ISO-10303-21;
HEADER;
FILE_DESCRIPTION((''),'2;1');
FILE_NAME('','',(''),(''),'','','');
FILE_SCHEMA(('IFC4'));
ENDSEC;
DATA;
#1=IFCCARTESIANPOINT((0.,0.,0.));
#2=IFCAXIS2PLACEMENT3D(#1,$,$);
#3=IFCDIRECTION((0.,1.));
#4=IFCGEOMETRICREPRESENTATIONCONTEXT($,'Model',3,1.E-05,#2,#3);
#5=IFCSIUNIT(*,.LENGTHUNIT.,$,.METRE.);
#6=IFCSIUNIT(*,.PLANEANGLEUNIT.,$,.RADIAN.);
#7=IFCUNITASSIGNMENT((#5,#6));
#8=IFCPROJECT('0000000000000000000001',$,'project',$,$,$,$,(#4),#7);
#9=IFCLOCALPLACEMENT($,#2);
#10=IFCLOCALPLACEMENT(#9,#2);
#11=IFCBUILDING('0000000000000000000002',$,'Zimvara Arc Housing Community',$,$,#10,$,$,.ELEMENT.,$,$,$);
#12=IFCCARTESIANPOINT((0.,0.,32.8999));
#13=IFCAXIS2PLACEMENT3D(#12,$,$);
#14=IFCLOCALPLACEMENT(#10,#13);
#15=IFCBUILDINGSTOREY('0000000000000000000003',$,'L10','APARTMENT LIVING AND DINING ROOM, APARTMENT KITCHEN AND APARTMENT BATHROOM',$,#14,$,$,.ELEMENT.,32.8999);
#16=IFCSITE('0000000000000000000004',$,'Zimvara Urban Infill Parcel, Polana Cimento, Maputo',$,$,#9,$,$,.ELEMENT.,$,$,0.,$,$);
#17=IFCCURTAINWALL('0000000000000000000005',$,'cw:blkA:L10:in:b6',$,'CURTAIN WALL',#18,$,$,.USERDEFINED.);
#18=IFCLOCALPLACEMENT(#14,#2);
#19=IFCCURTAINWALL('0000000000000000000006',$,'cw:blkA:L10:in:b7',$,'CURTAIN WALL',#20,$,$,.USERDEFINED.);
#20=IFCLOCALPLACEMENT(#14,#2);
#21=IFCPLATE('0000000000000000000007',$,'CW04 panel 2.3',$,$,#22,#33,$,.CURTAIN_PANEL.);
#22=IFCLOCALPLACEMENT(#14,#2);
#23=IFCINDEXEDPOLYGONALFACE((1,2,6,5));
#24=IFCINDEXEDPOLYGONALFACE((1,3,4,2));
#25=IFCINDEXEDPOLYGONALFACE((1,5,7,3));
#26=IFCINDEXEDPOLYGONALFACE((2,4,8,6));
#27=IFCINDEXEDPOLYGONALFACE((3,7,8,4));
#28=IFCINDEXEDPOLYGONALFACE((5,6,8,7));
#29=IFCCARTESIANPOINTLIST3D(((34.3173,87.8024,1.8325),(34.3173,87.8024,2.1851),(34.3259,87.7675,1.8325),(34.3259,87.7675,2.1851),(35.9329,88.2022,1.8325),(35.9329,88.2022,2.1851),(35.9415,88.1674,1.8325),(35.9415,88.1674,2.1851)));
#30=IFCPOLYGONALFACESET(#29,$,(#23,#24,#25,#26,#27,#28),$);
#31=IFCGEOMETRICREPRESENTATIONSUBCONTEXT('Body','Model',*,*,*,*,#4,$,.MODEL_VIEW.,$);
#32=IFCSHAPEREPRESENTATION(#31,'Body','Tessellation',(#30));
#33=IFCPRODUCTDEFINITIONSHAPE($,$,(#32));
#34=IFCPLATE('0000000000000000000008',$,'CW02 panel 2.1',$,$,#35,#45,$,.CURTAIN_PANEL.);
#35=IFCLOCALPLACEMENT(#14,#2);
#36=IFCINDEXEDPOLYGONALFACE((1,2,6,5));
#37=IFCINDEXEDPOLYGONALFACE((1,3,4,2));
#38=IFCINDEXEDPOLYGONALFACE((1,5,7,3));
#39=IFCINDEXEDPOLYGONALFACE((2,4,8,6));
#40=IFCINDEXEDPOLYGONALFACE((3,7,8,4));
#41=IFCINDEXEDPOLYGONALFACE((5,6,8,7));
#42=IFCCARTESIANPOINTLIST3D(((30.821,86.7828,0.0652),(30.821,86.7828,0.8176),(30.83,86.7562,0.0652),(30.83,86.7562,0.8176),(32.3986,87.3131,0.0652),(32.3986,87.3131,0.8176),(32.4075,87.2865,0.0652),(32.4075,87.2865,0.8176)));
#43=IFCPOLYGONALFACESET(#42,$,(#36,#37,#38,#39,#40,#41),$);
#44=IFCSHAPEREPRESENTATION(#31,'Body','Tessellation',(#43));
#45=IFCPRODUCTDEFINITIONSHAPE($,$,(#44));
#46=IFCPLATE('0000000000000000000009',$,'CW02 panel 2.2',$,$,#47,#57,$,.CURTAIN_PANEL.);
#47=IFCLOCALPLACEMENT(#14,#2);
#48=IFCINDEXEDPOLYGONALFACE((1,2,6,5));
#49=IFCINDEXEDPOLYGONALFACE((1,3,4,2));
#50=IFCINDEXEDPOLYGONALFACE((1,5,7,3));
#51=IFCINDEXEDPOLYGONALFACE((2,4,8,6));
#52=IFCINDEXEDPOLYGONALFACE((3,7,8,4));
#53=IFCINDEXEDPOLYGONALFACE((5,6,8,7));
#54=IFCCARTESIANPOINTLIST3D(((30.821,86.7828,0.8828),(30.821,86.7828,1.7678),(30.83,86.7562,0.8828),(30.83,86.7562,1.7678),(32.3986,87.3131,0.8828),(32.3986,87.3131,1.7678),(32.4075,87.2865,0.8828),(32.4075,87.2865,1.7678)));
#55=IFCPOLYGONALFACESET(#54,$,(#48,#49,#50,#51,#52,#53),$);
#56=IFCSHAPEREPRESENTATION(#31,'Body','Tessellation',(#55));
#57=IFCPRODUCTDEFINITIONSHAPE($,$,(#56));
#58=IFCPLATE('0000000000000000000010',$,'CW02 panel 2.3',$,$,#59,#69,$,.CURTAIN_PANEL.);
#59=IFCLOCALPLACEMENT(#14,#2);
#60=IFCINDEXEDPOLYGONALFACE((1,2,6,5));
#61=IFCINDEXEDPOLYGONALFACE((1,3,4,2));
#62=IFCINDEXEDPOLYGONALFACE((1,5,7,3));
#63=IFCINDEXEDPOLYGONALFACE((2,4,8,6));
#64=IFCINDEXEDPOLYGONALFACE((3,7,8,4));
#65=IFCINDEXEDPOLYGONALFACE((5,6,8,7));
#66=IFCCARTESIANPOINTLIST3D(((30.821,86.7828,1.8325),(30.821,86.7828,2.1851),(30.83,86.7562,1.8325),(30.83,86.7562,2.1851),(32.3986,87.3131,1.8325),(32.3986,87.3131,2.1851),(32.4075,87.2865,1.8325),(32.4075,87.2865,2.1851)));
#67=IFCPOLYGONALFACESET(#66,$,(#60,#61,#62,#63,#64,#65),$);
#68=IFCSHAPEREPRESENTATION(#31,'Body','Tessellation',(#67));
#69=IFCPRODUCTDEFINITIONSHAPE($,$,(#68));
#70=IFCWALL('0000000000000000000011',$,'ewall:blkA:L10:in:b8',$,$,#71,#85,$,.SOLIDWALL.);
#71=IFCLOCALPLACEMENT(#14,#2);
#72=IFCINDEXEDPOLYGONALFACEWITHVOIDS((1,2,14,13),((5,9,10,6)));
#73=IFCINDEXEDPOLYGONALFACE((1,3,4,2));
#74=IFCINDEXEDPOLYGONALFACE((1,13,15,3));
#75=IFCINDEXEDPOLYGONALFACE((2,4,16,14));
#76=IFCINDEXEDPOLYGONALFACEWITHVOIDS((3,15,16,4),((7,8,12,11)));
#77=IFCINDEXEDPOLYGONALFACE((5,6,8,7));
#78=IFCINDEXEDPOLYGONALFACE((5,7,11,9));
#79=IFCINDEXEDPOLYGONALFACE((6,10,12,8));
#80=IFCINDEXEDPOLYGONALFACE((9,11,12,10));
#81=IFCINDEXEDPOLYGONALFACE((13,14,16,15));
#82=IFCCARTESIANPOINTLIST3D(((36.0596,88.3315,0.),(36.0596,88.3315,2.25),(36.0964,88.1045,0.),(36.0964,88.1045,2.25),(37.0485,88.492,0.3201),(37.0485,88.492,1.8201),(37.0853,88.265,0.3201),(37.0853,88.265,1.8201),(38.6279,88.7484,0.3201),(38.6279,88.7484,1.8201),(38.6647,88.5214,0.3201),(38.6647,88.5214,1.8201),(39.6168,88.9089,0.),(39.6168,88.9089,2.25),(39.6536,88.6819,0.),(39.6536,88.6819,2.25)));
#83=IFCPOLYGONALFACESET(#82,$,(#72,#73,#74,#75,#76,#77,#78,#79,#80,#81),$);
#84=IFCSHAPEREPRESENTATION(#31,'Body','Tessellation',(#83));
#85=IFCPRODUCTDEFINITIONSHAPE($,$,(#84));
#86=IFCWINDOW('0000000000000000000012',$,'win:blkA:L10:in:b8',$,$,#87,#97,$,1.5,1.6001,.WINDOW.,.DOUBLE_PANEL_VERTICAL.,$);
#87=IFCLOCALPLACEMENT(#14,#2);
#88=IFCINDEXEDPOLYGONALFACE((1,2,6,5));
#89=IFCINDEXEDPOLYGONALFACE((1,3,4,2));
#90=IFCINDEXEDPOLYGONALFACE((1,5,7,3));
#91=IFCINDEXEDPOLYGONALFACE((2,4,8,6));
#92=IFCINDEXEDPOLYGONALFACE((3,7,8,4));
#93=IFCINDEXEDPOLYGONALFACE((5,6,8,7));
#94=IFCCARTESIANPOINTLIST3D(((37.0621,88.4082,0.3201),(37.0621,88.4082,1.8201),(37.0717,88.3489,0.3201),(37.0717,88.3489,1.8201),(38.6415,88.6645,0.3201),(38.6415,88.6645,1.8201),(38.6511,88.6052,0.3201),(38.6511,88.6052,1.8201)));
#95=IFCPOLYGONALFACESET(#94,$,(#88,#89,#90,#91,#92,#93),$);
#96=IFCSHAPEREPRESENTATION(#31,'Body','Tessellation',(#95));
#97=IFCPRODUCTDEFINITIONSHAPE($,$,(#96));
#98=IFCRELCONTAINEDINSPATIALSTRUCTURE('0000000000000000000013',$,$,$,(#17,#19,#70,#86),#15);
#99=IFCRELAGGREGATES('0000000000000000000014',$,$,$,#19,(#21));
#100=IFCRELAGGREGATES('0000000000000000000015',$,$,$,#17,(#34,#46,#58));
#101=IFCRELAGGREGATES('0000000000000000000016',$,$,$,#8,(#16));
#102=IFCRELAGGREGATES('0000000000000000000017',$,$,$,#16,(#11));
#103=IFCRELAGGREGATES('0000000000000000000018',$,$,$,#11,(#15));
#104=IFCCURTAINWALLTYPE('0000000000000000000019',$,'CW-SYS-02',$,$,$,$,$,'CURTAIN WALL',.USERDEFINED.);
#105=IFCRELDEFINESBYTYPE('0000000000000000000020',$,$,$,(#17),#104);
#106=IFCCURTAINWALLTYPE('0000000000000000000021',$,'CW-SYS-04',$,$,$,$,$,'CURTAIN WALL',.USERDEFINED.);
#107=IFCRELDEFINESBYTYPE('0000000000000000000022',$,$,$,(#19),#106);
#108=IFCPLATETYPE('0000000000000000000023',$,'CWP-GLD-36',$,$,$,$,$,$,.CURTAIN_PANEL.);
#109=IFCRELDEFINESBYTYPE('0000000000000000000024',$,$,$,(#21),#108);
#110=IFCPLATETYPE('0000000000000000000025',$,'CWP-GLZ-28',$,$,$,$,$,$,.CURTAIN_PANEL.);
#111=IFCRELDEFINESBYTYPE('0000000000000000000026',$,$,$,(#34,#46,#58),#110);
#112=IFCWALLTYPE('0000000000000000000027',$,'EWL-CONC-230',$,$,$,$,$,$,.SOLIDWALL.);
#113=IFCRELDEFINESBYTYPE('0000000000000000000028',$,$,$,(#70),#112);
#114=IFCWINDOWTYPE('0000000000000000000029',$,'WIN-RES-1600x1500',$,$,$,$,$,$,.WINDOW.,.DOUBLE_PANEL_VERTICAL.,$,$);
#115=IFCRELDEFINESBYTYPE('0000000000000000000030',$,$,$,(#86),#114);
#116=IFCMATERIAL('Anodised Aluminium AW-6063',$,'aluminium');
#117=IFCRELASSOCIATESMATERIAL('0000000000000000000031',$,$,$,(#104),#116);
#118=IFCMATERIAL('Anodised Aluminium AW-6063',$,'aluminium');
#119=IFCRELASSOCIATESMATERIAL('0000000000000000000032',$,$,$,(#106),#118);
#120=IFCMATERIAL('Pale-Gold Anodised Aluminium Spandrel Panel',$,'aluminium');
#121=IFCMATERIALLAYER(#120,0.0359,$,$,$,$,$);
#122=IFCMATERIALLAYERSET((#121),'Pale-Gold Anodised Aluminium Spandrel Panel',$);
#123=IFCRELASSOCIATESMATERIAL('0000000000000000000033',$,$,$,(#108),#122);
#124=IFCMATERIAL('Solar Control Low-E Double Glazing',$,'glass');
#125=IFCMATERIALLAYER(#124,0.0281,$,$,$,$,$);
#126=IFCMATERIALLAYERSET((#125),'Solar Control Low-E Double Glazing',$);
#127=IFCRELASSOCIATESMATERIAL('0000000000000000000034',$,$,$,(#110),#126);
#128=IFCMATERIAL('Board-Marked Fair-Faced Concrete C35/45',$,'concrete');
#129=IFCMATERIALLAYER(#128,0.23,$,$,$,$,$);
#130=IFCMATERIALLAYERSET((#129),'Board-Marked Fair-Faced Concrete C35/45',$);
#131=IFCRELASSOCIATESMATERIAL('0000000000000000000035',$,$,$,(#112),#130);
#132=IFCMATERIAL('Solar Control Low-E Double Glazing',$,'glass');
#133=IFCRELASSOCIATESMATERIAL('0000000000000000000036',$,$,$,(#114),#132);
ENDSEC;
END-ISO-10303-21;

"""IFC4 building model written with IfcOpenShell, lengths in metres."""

from ifc_helpers import new_model, si_unit, direction, frame, frame_2d, origin, origin_2d, place, context, subcontext, project, spatial, rectangle, extrude, material, layer, layer_set, type_object, element, fill, aggregate, save


model = new_model("IFC4")

# Units and contexts
model_context = context("Model", 3, precision=1e-05, world=origin(), true_north=direction((0.0, 1.0)))
body_context = subcontext(model_context, "Body", "Model", "MODEL_VIEW")
ifc_project = project(units=[si_unit("LENGTHUNIT", "METRE"), si_unit("PLANEANGLEUNIT", "RADIAN")], contexts=[model_context])

# Site, building, storey
site_placement = place(None, origin())
site = spatial("IfcSite", under=ifc_project, at=site_placement, Name="Zimvara Urban Infill Parcel, Polana Cimento, Maputo", CompositionType="ELEMENT", RefElevation=0.0)
building_placement = place(site_placement, origin())
building = spatial("IfcBuilding", under=site, at=building_placement, Name="Zimvara Arc Housing Community", CompositionType="ELEMENT")
storey_placement = place(building_placement, frame((0.0, 0.0, 32.8999)))
storey = spatial("IfcBuildingStorey", under=building, at=storey_placement, Name="L10", Description="APARTMENT LIVING AND DINING ROOM, APARTMENT KITCHEN AND APARTMENT BATHROOM", CompositionType="ELEMENT", Elevation=32.8999)

# Curtain wall
ifc_material_1 = material(Name="Anodised Aluminium AW-6063", Category="aluminium")
curtain_wall_type_1 = type_object("IfcCurtainWallType", Name="CW-SYS-02", ElementType="CURTAIN WALL", PredefinedType="USERDEFINED", material=ifc_material_1)
curtain_wall_1_placement = place(storey_placement, origin())
curtain_wall_1 = element("IfcCurtainWall", 1, at=curtain_wall_1_placement, inside=storey, type_object=curtain_wall_type_1, Name="cw:blkA:L10:in:b6", ObjectType="CURTAIN WALL", PredefinedType="USERDEFINED")

# Curtain wall
ifc_material_2 = material(Name="Anodised Aluminium AW-6063", Category="aluminium")
curtain_wall_type_2 = type_object("IfcCurtainWallType", Name="CW-SYS-04", ElementType="CURTAIN WALL", PredefinedType="USERDEFINED", material=ifc_material_2)
curtain_wall_2_placement = place(storey_placement, origin())
curtain_wall_2 = element("IfcCurtainWall", 2, at=curtain_wall_2_placement, inside=storey, type_object=curtain_wall_type_2, Name="cw:blkA:L10:in:b7", ObjectType="CURTAIN WALL", PredefinedType="USERDEFINED")

# Plates
ifc_material_3 = material(Name="Pale-Gold Anodised Aluminium Spandrel Panel", Category="aluminium")
ifc_layer_1 = layer(ifc_material_3, 0.0359)
ifc_layer_set_1 = layer_set([ifc_layer_1], Name="Pale-Gold Anodised Aluminium Spandrel Panel")
plate_type_1 = type_object("IfcPlateType", Name="CWP-GLD-36", PredefinedType="CURTAIN_PANEL", material=ifc_layer_set_1)
plate_1_placement = place(storey_placement, frame((35.1294, 87.9849, 1.8325), z_axis=(0.0, 0.0, 1.0), x_axis=(0.970717, 0.240228, 0.0)))
plate_1 = element("IfcPlate", 3, at=plate_1_placement, type_object=plate_type_1, Name="CW04 panel 2.3", PredefinedType="CURTAIN_PANEL", context=body_context, shape_type="SweptSolid", body=[
    extrude(rectangle(XDim=1.6643, YDim=0.0359, at=origin_2d()), origin(), (0.0, 0.0, 1.0), 0.3525),
])
aggregate(curtain_wall_2, [plate_1])
ifc_material_4 = material(Name="Solar Control Low-E Double Glazing", Category="glass")
ifc_layer_2 = layer(ifc_material_4, 0.0281)
ifc_layer_set_2 = layer_set([ifc_layer_2], Name="Solar Control Low-E Double Glazing")
plate_type_2 = type_object("IfcPlateType", Name="CWP-GLZ-28", PredefinedType="CURTAIN_PANEL", material=ifc_layer_set_2)
plate_2_placement = place(storey_placement, frame((31.6143, 87.0347, 0.0652), z_axis=(0.0, 0.0, 1.0), x_axis=(0.947879, 0.31863, 0.0)))
plate_2 = element("IfcPlate", 4, at=plate_2_placement, type_object=plate_type_2, Name="CW02 panel 2.1", PredefinedType="CURTAIN_PANEL", context=body_context, shape_type="SweptSolid", body=[
    extrude(rectangle(XDim=1.6643, YDim=0.0281, at=origin_2d()), origin(), (0.0, 0.0, 1.0), 0.7524),
])
plate_3_placement = place(storey_placement, frame((31.6143, 87.0347, 0.8828), z_axis=(0.0, 0.0, 1.0), x_axis=(0.947879, 0.31863, 0.0)))
plate_3 = element("IfcPlate", 5, at=plate_3_placement, type_object=plate_type_2, Name="CW02 panel 2.2", PredefinedType="CURTAIN_PANEL", context=body_context, shape_type="SweptSolid", body=[
    extrude(rectangle(XDim=1.6643, YDim=0.0281, at=origin_2d()), origin(), (0.0, 0.0, 1.0), 0.885),
])
plate_4_placement = place(storey_placement, frame((31.6143, 87.0347, 1.8325), z_axis=(0.0, 0.0, 1.0), x_axis=(0.947879, 0.31863, 0.0)))
plate_4 = element("IfcPlate", 6, at=plate_4_placement, type_object=plate_type_2, Name="CW02 panel 2.3", PredefinedType="CURTAIN_PANEL", context=body_context, shape_type="SweptSolid", body=[
    extrude(rectangle(XDim=1.6643, YDim=0.0281, at=origin_2d()), origin(), (0.0, 0.0, 1.0), 0.3525),
])
aggregate(curtain_wall_1, [plate_2, plate_3, plate_4])

# Wall, opening, window
ifc_material_5 = material(Name="Board-Marked Fair-Faced Concrete C35/45", Category="concrete")
ifc_layer_3 = layer(ifc_material_5, 0.23)
ifc_layer_set_3 = layer_set([ifc_layer_3], Name="Board-Marked Fair-Faced Concrete C35/45")
wall_type = type_object("IfcWallType", Name="EWL-CONC-230", PredefinedType="SOLIDWALL", material=ifc_layer_set_3)
wall_placement = place(storey_placement, frame((36.0781, 88.218, 0.0), z_axis=(0.0, 0.0, 1.0), x_axis=(0.987081, 0.160223, 0.0)))
wall = element("IfcWall", 7, at=wall_placement, inside=storey, type_object=wall_type, Name="ewall:blkA:L10:in:b8", PredefinedType="SOLIDWALL", context=body_context, shape_type="SweptSolid", body=[
    extrude(rectangle(XDim=3.6038, YDim=0.23, at=frame_2d((1.8018, 0.0))), origin(), (0.0, 0.0, 1.0), 2.25),
])
opening_placement = place(wall_placement, frame((1.0017, 0.0, 0.3201)))
opening = element("IfcOpeningElement", 8, at=opening_placement, cuts=wall, PredefinedType="OPENING", context=body_context, shape_type="SweptSolid", body=[
    extrude(rectangle(XDim=1.6001, YDim=1.5, at=frame_2d((0.8, 0.75))), frame((0.0, 0.125, 0.0), z_axis=(0.0, -1.0, 0.0), x_axis=(1.0, 0.0, 0.0)), (0.0, 0.0, 1.0), 0.25),
])
ifc_material_6 = material(Name="Solar Control Low-E Double Glazing", Category="glass")
window_type = type_object("IfcWindowType", Name="WIN-RES-1600x1500", PartitioningType="DOUBLE_PANEL_VERTICAL", PredefinedType="WINDOW", material=ifc_material_6)
window_placement = place(opening_placement, origin())
window = element("IfcWindow", 9, at=window_placement, inside=storey, type_object=window_type, Name="win:blkA:L10:in:b8", OverallHeight=1.5, OverallWidth=1.6001, PartitioningType="DOUBLE_PANEL_VERTICAL", PredefinedType="WINDOW", context=body_context, shape_type="SweptSolid", body=[
    extrude(rectangle(XDim=1.6001, YDim=1.5, at=frame_2d((0.8, 0.75))), frame((0.0, 0.03, 0.0), z_axis=(0.0, -1.0, 0.0), x_axis=(1.0, 0.0, 0.0)), (0.0, 0.0, 1.0), 0.0601),
])
fill(opening, window)

save(model, "model.ifc")
